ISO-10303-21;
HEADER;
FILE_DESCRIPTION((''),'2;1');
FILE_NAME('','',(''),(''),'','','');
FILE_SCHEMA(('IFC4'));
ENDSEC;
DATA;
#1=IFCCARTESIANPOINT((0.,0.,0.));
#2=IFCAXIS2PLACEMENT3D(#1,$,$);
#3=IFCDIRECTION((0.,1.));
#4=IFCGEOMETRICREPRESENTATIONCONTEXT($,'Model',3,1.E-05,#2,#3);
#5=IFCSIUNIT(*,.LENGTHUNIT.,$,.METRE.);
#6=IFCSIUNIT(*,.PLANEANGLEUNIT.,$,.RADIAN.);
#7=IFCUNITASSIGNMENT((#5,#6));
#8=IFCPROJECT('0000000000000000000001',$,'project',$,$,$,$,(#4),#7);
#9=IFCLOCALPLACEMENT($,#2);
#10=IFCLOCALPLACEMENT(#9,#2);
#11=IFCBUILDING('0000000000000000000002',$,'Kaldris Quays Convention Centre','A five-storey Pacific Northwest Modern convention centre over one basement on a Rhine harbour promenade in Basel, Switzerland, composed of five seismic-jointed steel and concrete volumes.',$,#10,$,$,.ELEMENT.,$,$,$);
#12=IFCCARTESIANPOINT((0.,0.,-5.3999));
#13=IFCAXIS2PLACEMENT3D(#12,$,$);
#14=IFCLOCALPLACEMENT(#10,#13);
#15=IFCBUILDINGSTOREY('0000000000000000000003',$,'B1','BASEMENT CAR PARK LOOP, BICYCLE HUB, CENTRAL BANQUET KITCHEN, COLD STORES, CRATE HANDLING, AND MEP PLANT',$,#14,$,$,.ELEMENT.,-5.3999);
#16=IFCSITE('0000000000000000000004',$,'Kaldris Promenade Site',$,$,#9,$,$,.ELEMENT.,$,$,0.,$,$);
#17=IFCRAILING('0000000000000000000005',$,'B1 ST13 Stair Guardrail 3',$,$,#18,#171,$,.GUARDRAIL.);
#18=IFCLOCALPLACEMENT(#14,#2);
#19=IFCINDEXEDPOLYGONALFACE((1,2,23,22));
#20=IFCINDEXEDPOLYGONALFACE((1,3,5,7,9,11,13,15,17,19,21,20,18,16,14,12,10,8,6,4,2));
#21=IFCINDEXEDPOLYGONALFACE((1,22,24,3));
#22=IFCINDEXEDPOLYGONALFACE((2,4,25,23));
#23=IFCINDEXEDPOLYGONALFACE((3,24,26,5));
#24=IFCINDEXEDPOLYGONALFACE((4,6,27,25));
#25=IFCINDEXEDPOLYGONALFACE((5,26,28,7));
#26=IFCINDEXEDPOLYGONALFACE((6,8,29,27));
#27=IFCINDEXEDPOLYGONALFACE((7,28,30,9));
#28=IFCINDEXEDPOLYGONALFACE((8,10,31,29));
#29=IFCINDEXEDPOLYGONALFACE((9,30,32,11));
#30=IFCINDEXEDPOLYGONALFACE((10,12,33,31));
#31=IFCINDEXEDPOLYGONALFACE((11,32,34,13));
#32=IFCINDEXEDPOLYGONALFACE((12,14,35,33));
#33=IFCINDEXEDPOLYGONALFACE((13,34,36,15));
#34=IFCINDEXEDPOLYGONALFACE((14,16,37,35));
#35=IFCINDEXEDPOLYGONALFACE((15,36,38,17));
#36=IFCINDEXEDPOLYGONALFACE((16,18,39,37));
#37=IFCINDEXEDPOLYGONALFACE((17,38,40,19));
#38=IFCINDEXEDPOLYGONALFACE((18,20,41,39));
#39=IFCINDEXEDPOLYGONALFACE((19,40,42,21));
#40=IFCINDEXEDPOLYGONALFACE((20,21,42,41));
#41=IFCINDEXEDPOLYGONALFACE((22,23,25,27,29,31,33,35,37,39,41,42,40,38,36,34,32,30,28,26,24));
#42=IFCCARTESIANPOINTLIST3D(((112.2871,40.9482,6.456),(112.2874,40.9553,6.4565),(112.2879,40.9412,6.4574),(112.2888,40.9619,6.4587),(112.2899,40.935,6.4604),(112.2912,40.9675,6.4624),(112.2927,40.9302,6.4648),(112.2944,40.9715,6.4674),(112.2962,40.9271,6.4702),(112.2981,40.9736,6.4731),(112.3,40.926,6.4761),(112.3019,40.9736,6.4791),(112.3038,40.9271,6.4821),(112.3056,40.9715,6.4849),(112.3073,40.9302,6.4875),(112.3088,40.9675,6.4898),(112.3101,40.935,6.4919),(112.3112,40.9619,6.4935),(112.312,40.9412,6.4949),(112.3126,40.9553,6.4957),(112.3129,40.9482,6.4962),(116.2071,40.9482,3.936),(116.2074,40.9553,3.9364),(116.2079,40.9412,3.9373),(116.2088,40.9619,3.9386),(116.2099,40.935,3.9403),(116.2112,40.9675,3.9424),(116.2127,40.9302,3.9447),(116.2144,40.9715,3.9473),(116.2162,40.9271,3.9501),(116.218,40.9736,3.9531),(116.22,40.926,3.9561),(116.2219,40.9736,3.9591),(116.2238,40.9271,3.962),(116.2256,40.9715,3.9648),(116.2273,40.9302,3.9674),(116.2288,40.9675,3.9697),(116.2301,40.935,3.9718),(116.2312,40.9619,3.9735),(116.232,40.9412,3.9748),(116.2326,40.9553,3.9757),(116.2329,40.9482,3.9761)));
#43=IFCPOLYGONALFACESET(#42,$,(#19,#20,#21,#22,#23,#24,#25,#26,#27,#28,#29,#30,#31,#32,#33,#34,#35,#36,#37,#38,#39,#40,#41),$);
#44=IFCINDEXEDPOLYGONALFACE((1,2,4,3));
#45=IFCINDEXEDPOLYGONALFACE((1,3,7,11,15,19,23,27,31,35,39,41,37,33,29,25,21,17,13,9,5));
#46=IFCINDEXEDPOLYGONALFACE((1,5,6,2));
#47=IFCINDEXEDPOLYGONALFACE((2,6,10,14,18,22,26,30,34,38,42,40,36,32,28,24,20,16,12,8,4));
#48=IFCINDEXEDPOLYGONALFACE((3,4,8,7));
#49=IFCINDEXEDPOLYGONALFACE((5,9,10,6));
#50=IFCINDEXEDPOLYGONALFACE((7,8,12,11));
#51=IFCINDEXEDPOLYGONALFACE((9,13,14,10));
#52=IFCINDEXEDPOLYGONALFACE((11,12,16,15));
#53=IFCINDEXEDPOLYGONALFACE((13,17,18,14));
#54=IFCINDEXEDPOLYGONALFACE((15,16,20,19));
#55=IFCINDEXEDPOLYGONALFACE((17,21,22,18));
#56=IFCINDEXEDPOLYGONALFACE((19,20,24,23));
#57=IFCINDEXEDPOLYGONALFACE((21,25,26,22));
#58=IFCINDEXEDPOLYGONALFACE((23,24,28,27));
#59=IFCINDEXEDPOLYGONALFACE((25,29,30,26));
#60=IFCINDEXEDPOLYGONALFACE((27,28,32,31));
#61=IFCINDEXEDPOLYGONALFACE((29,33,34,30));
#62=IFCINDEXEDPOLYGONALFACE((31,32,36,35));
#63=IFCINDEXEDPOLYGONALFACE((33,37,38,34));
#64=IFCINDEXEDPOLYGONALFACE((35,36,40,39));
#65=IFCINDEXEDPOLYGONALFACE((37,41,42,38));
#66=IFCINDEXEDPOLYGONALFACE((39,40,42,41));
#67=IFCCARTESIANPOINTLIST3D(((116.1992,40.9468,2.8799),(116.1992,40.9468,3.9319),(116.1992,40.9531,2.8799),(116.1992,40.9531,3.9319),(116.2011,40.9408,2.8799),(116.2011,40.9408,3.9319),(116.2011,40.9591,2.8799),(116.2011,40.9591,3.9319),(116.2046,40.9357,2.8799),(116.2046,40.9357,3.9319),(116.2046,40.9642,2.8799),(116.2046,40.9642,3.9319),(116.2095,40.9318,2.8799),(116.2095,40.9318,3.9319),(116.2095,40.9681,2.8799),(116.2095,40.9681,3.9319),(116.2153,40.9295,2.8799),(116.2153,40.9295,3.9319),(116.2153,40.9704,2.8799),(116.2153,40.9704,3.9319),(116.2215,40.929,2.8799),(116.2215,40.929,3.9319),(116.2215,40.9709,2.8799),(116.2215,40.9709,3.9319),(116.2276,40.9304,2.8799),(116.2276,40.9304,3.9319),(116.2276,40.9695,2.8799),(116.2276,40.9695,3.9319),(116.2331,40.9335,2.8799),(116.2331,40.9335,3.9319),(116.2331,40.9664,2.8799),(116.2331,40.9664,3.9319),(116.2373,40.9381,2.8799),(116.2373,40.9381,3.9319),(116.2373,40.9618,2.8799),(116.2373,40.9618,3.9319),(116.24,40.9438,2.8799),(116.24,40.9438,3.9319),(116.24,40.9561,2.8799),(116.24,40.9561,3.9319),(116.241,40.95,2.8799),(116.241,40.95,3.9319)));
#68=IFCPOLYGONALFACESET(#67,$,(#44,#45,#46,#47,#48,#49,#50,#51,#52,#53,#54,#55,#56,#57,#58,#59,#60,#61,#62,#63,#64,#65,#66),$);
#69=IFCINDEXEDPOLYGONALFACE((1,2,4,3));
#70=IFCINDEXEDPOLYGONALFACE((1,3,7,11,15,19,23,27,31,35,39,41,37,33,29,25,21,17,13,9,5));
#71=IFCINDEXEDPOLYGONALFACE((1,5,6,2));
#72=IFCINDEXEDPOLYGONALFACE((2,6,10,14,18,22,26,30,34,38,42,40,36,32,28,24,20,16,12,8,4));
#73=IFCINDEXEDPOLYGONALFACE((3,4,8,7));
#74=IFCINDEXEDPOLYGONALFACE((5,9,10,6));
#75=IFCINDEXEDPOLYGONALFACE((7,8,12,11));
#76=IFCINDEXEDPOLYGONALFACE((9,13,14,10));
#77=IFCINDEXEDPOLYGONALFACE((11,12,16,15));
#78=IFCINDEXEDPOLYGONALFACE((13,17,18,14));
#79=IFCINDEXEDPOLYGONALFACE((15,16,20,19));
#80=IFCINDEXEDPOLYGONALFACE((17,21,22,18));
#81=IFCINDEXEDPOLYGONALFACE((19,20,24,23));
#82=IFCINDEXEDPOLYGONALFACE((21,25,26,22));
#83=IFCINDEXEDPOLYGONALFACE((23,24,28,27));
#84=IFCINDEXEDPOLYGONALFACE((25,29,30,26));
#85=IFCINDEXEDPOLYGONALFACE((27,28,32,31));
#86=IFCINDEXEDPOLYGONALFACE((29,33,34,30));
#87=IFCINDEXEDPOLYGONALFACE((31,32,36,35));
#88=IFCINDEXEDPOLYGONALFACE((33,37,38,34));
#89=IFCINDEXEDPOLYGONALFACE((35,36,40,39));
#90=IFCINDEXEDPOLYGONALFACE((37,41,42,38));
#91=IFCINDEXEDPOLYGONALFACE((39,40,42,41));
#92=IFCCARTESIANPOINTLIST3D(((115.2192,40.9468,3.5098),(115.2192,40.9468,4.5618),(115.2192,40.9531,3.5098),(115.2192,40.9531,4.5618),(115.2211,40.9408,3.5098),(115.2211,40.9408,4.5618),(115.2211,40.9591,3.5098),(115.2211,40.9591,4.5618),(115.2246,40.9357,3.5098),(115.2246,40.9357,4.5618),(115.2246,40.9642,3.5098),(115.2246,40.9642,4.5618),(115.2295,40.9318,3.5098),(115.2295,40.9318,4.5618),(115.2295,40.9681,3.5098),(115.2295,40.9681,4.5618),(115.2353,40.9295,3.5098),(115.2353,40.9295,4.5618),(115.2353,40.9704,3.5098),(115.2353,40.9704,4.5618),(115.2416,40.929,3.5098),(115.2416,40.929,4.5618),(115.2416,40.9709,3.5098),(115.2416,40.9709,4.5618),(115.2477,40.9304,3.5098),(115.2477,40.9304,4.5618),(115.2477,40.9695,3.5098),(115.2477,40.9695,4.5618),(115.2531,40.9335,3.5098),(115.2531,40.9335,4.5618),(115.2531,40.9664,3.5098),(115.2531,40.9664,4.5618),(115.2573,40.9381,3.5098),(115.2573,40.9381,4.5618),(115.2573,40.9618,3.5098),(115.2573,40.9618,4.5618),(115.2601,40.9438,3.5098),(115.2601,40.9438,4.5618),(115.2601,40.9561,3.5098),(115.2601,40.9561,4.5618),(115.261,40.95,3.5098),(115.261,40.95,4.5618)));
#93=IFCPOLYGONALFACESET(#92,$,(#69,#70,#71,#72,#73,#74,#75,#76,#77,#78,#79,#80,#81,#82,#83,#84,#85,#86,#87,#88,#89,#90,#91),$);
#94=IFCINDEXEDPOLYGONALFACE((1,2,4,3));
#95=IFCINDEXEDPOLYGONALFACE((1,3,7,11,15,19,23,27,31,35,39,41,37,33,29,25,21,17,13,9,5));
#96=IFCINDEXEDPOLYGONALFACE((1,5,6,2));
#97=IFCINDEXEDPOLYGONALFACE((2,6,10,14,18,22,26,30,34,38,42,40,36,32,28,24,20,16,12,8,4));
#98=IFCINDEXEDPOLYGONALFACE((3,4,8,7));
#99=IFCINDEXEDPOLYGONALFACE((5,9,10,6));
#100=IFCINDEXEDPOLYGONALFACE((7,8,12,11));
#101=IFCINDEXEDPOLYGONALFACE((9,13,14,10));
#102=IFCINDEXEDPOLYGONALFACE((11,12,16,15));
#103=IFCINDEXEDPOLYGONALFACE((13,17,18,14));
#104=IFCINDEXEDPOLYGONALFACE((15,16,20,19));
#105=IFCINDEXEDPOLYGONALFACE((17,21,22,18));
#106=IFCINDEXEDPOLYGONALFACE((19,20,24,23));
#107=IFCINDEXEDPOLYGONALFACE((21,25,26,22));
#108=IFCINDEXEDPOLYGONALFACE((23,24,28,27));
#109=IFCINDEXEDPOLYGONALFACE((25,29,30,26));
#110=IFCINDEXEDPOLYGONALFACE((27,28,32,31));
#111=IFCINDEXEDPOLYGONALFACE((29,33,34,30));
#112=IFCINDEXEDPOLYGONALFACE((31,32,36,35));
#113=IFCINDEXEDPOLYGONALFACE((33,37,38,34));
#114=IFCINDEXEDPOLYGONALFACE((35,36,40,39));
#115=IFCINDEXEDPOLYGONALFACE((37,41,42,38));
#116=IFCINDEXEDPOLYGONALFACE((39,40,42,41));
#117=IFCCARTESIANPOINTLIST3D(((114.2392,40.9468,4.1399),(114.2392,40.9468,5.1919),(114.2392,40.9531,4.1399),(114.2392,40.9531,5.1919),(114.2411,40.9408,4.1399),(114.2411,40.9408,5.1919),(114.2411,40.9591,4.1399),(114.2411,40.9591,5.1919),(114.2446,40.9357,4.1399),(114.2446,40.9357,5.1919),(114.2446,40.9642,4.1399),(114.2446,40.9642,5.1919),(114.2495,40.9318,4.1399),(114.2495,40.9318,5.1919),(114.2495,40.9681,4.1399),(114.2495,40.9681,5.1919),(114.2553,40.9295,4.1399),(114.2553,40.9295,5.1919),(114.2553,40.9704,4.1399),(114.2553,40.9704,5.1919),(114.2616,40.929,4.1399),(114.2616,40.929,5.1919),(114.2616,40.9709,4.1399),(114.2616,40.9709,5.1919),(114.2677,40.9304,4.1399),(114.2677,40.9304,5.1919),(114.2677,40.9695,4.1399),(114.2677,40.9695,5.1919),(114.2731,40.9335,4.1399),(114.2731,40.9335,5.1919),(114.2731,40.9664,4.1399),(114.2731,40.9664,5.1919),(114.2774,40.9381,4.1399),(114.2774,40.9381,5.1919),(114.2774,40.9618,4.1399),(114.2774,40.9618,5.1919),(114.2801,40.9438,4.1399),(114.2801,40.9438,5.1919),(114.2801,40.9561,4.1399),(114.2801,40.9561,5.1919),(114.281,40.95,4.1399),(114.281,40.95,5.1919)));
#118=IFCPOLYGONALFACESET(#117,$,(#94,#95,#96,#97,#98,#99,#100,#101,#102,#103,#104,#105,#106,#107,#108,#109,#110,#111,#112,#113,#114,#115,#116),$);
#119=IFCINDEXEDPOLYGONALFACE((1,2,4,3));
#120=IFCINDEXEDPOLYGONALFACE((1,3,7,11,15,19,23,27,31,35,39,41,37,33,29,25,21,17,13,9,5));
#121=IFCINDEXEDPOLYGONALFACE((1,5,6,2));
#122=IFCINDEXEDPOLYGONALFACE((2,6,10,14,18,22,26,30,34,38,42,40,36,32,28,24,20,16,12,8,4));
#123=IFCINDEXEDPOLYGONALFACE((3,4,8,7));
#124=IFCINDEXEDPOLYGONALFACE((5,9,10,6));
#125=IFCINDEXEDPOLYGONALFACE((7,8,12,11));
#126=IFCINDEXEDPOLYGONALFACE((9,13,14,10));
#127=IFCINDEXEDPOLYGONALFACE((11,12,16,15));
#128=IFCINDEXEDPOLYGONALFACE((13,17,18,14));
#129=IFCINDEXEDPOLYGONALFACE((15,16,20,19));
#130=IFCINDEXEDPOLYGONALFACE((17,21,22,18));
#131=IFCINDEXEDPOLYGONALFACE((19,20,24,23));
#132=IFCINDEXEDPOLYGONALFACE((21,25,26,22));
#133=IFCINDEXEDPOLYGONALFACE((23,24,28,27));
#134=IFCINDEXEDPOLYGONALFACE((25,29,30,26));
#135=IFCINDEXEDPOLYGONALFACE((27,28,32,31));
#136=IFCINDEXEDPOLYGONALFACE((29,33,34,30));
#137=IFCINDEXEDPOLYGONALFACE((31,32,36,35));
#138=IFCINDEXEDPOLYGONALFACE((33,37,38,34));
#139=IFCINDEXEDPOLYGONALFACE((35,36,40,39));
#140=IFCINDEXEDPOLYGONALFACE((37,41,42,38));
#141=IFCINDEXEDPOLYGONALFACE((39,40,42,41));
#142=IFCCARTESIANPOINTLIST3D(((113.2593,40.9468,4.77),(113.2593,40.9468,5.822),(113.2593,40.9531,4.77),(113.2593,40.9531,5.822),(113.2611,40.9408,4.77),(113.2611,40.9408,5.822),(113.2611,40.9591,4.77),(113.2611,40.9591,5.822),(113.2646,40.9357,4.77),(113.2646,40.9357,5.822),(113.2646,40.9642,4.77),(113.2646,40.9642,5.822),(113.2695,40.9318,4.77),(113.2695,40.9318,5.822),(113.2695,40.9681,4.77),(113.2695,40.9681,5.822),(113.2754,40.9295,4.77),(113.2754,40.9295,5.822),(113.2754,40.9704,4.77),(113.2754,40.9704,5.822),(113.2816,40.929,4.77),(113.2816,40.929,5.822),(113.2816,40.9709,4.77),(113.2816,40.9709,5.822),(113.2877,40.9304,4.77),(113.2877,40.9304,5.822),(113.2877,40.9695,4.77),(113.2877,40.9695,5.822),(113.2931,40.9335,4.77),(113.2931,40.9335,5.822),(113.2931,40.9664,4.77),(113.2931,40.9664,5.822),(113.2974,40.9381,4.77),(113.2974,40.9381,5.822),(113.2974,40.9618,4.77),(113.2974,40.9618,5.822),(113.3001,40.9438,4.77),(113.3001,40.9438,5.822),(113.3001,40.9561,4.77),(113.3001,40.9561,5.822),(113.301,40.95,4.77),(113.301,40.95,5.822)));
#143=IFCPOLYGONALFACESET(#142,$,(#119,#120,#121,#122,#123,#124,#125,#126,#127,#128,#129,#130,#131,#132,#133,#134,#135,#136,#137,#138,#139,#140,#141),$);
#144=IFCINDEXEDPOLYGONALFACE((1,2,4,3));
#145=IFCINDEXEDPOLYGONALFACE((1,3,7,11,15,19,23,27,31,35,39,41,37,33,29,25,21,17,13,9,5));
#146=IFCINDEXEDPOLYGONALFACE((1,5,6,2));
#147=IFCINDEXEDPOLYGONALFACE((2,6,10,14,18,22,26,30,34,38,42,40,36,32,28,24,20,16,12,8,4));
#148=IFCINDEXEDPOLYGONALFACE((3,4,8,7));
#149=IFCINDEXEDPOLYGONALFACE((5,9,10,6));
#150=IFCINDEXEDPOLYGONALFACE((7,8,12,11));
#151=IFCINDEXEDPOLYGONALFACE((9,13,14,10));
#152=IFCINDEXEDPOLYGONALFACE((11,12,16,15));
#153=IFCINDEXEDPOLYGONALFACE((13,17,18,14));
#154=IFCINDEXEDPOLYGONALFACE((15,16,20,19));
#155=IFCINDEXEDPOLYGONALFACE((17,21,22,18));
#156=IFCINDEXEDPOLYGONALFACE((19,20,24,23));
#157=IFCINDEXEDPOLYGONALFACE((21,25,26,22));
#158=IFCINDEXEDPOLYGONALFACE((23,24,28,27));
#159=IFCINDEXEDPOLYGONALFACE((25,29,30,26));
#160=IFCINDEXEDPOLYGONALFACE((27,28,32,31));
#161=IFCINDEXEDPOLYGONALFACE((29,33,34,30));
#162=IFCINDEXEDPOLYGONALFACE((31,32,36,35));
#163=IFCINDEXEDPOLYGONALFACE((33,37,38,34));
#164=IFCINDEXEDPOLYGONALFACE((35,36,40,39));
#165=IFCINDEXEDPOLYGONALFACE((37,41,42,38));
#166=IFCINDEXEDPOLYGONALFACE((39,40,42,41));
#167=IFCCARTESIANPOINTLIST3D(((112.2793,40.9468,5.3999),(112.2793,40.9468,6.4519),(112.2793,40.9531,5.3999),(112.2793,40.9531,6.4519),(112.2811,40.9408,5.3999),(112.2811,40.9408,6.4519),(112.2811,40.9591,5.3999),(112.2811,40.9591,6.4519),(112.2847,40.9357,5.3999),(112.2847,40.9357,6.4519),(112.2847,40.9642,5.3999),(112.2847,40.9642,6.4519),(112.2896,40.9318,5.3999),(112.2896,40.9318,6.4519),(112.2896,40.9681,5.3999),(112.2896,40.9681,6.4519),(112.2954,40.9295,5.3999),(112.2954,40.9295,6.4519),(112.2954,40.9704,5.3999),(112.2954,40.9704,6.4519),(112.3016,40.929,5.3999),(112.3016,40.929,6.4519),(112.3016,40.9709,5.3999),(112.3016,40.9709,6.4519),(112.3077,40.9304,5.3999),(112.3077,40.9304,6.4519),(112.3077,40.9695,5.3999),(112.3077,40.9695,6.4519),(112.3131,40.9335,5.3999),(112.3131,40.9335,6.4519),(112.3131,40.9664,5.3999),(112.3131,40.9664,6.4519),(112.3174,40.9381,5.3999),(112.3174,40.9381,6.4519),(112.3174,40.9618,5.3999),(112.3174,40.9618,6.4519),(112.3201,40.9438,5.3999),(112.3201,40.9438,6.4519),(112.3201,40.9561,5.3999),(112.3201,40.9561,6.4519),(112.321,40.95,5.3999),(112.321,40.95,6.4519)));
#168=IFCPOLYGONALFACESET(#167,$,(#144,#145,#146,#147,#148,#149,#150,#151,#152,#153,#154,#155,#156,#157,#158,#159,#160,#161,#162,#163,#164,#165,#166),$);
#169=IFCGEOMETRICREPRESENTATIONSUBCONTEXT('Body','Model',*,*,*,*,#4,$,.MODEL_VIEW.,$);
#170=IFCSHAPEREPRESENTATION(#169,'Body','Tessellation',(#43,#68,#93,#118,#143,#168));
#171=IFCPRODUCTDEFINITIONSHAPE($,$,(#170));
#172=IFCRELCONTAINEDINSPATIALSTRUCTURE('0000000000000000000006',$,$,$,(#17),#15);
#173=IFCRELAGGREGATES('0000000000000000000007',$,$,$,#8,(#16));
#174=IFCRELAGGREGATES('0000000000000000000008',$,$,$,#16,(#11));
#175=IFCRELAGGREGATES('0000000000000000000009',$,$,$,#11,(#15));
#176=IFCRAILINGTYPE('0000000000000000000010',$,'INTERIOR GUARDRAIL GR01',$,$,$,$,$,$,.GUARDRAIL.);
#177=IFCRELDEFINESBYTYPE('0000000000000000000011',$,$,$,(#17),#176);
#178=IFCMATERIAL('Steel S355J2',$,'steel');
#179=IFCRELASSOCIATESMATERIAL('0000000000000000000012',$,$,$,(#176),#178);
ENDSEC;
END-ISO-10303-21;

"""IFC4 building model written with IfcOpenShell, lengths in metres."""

from ifc_helpers import new_model, si_unit, direction, frame, origin, origin_2d, place, context, subcontext, project, spatial, circle, extrude, material, type_object, element, save


model = new_model("IFC4")

# Units and contexts
model_context = context("Model", 3, precision=1e-05, world=origin(), true_north=direction((0.0, 1.0)))
body_context = subcontext(model_context, "Body", "Model", "MODEL_VIEW")
ifc_project = project(units=[si_unit("LENGTHUNIT", "METRE"), si_unit("PLANEANGLEUNIT", "RADIAN")], contexts=[model_context])

# Site, building, storey
site_placement = place(None, origin())
site = spatial("IfcSite", under=ifc_project, at=site_placement, Name="Kaldris Promenade Site", CompositionType="ELEMENT", RefElevation=0.0)
building_placement = place(site_placement, origin())
building = spatial("IfcBuilding", under=site, at=building_placement, Name="Kaldris Quays Convention Centre", Description="A five-storey Pacific Northwest Modern convention centre over one basement on a Rhine harbour promenade in Basel, Switzerland, composed of five seismic-jointed steel and concrete volumes.", CompositionType="ELEMENT")
storey_placement = place(building_placement, frame((0.0, 0.0, -5.3999)))
storey = spatial("IfcBuildingStorey", under=building, at=storey_placement, Name="B1", Description="BASEMENT CAR PARK LOOP, BICYCLE HUB, CENTRAL BANQUET KITCHEN, COLD STORES, CRATE HANDLING, AND MEP PLANT", CompositionType="ELEMENT", Elevation=-5.3999)

# Shared definitions
ifc_material_1 = material(Name="Steel S355J2", Category="steel")

# Railing
railing_type_1 = type_object("IfcRailingType", Name="INTERIOR GUARDRAIL GR01", PredefinedType="GUARDRAIL", material=ifc_material_1)
railing_1_placement = place(storey_placement, frame((116.22, 40.95, 2.8799)))
element("IfcRailing", 1, at=railing_1_placement, inside=storey, type_object=railing_type_1, Name="B1 ST13 Stair Guardrail 3", PredefinedType="GUARDRAIL", context=body_context, shape_type="SweptSolid", body=[
    extrude(circle(Radius=0.0239, at=origin_2d()), frame((0.0, 0.0, 1.0762), z_axis=(-0.841172, 0.0, 0.540768), x_axis=(0.0, -1.0, 0.0)), (0.0, 0.0, 1.0), 4.6602),
    extrude(circle(Radius=0.021, at=origin_2d()), origin(), (0.0, 0.0, 1.0), 1.052),
    extrude(circle(Radius=0.021, at=origin_2d()), frame((-0.98, 0.0, 0.6299)), (0.0, 0.0, 1.0), 1.052),
    extrude(circle(Radius=0.021, at=origin_2d()), frame((-1.96, 0.0, 1.26)), (0.0, 0.0, 1.0), 1.052),
    extrude(circle(Radius=0.021, at=origin_2d()), frame((-2.9399, 0.0, 1.8901)), (0.0, 0.0, 1.0), 1.052),
    extrude(circle(Radius=0.021, at=origin_2d()), frame((-3.9199, 0.0, 2.52)), (0.0, 0.0, 1.0), 1.052),
])

save(model, "model.ifc")
